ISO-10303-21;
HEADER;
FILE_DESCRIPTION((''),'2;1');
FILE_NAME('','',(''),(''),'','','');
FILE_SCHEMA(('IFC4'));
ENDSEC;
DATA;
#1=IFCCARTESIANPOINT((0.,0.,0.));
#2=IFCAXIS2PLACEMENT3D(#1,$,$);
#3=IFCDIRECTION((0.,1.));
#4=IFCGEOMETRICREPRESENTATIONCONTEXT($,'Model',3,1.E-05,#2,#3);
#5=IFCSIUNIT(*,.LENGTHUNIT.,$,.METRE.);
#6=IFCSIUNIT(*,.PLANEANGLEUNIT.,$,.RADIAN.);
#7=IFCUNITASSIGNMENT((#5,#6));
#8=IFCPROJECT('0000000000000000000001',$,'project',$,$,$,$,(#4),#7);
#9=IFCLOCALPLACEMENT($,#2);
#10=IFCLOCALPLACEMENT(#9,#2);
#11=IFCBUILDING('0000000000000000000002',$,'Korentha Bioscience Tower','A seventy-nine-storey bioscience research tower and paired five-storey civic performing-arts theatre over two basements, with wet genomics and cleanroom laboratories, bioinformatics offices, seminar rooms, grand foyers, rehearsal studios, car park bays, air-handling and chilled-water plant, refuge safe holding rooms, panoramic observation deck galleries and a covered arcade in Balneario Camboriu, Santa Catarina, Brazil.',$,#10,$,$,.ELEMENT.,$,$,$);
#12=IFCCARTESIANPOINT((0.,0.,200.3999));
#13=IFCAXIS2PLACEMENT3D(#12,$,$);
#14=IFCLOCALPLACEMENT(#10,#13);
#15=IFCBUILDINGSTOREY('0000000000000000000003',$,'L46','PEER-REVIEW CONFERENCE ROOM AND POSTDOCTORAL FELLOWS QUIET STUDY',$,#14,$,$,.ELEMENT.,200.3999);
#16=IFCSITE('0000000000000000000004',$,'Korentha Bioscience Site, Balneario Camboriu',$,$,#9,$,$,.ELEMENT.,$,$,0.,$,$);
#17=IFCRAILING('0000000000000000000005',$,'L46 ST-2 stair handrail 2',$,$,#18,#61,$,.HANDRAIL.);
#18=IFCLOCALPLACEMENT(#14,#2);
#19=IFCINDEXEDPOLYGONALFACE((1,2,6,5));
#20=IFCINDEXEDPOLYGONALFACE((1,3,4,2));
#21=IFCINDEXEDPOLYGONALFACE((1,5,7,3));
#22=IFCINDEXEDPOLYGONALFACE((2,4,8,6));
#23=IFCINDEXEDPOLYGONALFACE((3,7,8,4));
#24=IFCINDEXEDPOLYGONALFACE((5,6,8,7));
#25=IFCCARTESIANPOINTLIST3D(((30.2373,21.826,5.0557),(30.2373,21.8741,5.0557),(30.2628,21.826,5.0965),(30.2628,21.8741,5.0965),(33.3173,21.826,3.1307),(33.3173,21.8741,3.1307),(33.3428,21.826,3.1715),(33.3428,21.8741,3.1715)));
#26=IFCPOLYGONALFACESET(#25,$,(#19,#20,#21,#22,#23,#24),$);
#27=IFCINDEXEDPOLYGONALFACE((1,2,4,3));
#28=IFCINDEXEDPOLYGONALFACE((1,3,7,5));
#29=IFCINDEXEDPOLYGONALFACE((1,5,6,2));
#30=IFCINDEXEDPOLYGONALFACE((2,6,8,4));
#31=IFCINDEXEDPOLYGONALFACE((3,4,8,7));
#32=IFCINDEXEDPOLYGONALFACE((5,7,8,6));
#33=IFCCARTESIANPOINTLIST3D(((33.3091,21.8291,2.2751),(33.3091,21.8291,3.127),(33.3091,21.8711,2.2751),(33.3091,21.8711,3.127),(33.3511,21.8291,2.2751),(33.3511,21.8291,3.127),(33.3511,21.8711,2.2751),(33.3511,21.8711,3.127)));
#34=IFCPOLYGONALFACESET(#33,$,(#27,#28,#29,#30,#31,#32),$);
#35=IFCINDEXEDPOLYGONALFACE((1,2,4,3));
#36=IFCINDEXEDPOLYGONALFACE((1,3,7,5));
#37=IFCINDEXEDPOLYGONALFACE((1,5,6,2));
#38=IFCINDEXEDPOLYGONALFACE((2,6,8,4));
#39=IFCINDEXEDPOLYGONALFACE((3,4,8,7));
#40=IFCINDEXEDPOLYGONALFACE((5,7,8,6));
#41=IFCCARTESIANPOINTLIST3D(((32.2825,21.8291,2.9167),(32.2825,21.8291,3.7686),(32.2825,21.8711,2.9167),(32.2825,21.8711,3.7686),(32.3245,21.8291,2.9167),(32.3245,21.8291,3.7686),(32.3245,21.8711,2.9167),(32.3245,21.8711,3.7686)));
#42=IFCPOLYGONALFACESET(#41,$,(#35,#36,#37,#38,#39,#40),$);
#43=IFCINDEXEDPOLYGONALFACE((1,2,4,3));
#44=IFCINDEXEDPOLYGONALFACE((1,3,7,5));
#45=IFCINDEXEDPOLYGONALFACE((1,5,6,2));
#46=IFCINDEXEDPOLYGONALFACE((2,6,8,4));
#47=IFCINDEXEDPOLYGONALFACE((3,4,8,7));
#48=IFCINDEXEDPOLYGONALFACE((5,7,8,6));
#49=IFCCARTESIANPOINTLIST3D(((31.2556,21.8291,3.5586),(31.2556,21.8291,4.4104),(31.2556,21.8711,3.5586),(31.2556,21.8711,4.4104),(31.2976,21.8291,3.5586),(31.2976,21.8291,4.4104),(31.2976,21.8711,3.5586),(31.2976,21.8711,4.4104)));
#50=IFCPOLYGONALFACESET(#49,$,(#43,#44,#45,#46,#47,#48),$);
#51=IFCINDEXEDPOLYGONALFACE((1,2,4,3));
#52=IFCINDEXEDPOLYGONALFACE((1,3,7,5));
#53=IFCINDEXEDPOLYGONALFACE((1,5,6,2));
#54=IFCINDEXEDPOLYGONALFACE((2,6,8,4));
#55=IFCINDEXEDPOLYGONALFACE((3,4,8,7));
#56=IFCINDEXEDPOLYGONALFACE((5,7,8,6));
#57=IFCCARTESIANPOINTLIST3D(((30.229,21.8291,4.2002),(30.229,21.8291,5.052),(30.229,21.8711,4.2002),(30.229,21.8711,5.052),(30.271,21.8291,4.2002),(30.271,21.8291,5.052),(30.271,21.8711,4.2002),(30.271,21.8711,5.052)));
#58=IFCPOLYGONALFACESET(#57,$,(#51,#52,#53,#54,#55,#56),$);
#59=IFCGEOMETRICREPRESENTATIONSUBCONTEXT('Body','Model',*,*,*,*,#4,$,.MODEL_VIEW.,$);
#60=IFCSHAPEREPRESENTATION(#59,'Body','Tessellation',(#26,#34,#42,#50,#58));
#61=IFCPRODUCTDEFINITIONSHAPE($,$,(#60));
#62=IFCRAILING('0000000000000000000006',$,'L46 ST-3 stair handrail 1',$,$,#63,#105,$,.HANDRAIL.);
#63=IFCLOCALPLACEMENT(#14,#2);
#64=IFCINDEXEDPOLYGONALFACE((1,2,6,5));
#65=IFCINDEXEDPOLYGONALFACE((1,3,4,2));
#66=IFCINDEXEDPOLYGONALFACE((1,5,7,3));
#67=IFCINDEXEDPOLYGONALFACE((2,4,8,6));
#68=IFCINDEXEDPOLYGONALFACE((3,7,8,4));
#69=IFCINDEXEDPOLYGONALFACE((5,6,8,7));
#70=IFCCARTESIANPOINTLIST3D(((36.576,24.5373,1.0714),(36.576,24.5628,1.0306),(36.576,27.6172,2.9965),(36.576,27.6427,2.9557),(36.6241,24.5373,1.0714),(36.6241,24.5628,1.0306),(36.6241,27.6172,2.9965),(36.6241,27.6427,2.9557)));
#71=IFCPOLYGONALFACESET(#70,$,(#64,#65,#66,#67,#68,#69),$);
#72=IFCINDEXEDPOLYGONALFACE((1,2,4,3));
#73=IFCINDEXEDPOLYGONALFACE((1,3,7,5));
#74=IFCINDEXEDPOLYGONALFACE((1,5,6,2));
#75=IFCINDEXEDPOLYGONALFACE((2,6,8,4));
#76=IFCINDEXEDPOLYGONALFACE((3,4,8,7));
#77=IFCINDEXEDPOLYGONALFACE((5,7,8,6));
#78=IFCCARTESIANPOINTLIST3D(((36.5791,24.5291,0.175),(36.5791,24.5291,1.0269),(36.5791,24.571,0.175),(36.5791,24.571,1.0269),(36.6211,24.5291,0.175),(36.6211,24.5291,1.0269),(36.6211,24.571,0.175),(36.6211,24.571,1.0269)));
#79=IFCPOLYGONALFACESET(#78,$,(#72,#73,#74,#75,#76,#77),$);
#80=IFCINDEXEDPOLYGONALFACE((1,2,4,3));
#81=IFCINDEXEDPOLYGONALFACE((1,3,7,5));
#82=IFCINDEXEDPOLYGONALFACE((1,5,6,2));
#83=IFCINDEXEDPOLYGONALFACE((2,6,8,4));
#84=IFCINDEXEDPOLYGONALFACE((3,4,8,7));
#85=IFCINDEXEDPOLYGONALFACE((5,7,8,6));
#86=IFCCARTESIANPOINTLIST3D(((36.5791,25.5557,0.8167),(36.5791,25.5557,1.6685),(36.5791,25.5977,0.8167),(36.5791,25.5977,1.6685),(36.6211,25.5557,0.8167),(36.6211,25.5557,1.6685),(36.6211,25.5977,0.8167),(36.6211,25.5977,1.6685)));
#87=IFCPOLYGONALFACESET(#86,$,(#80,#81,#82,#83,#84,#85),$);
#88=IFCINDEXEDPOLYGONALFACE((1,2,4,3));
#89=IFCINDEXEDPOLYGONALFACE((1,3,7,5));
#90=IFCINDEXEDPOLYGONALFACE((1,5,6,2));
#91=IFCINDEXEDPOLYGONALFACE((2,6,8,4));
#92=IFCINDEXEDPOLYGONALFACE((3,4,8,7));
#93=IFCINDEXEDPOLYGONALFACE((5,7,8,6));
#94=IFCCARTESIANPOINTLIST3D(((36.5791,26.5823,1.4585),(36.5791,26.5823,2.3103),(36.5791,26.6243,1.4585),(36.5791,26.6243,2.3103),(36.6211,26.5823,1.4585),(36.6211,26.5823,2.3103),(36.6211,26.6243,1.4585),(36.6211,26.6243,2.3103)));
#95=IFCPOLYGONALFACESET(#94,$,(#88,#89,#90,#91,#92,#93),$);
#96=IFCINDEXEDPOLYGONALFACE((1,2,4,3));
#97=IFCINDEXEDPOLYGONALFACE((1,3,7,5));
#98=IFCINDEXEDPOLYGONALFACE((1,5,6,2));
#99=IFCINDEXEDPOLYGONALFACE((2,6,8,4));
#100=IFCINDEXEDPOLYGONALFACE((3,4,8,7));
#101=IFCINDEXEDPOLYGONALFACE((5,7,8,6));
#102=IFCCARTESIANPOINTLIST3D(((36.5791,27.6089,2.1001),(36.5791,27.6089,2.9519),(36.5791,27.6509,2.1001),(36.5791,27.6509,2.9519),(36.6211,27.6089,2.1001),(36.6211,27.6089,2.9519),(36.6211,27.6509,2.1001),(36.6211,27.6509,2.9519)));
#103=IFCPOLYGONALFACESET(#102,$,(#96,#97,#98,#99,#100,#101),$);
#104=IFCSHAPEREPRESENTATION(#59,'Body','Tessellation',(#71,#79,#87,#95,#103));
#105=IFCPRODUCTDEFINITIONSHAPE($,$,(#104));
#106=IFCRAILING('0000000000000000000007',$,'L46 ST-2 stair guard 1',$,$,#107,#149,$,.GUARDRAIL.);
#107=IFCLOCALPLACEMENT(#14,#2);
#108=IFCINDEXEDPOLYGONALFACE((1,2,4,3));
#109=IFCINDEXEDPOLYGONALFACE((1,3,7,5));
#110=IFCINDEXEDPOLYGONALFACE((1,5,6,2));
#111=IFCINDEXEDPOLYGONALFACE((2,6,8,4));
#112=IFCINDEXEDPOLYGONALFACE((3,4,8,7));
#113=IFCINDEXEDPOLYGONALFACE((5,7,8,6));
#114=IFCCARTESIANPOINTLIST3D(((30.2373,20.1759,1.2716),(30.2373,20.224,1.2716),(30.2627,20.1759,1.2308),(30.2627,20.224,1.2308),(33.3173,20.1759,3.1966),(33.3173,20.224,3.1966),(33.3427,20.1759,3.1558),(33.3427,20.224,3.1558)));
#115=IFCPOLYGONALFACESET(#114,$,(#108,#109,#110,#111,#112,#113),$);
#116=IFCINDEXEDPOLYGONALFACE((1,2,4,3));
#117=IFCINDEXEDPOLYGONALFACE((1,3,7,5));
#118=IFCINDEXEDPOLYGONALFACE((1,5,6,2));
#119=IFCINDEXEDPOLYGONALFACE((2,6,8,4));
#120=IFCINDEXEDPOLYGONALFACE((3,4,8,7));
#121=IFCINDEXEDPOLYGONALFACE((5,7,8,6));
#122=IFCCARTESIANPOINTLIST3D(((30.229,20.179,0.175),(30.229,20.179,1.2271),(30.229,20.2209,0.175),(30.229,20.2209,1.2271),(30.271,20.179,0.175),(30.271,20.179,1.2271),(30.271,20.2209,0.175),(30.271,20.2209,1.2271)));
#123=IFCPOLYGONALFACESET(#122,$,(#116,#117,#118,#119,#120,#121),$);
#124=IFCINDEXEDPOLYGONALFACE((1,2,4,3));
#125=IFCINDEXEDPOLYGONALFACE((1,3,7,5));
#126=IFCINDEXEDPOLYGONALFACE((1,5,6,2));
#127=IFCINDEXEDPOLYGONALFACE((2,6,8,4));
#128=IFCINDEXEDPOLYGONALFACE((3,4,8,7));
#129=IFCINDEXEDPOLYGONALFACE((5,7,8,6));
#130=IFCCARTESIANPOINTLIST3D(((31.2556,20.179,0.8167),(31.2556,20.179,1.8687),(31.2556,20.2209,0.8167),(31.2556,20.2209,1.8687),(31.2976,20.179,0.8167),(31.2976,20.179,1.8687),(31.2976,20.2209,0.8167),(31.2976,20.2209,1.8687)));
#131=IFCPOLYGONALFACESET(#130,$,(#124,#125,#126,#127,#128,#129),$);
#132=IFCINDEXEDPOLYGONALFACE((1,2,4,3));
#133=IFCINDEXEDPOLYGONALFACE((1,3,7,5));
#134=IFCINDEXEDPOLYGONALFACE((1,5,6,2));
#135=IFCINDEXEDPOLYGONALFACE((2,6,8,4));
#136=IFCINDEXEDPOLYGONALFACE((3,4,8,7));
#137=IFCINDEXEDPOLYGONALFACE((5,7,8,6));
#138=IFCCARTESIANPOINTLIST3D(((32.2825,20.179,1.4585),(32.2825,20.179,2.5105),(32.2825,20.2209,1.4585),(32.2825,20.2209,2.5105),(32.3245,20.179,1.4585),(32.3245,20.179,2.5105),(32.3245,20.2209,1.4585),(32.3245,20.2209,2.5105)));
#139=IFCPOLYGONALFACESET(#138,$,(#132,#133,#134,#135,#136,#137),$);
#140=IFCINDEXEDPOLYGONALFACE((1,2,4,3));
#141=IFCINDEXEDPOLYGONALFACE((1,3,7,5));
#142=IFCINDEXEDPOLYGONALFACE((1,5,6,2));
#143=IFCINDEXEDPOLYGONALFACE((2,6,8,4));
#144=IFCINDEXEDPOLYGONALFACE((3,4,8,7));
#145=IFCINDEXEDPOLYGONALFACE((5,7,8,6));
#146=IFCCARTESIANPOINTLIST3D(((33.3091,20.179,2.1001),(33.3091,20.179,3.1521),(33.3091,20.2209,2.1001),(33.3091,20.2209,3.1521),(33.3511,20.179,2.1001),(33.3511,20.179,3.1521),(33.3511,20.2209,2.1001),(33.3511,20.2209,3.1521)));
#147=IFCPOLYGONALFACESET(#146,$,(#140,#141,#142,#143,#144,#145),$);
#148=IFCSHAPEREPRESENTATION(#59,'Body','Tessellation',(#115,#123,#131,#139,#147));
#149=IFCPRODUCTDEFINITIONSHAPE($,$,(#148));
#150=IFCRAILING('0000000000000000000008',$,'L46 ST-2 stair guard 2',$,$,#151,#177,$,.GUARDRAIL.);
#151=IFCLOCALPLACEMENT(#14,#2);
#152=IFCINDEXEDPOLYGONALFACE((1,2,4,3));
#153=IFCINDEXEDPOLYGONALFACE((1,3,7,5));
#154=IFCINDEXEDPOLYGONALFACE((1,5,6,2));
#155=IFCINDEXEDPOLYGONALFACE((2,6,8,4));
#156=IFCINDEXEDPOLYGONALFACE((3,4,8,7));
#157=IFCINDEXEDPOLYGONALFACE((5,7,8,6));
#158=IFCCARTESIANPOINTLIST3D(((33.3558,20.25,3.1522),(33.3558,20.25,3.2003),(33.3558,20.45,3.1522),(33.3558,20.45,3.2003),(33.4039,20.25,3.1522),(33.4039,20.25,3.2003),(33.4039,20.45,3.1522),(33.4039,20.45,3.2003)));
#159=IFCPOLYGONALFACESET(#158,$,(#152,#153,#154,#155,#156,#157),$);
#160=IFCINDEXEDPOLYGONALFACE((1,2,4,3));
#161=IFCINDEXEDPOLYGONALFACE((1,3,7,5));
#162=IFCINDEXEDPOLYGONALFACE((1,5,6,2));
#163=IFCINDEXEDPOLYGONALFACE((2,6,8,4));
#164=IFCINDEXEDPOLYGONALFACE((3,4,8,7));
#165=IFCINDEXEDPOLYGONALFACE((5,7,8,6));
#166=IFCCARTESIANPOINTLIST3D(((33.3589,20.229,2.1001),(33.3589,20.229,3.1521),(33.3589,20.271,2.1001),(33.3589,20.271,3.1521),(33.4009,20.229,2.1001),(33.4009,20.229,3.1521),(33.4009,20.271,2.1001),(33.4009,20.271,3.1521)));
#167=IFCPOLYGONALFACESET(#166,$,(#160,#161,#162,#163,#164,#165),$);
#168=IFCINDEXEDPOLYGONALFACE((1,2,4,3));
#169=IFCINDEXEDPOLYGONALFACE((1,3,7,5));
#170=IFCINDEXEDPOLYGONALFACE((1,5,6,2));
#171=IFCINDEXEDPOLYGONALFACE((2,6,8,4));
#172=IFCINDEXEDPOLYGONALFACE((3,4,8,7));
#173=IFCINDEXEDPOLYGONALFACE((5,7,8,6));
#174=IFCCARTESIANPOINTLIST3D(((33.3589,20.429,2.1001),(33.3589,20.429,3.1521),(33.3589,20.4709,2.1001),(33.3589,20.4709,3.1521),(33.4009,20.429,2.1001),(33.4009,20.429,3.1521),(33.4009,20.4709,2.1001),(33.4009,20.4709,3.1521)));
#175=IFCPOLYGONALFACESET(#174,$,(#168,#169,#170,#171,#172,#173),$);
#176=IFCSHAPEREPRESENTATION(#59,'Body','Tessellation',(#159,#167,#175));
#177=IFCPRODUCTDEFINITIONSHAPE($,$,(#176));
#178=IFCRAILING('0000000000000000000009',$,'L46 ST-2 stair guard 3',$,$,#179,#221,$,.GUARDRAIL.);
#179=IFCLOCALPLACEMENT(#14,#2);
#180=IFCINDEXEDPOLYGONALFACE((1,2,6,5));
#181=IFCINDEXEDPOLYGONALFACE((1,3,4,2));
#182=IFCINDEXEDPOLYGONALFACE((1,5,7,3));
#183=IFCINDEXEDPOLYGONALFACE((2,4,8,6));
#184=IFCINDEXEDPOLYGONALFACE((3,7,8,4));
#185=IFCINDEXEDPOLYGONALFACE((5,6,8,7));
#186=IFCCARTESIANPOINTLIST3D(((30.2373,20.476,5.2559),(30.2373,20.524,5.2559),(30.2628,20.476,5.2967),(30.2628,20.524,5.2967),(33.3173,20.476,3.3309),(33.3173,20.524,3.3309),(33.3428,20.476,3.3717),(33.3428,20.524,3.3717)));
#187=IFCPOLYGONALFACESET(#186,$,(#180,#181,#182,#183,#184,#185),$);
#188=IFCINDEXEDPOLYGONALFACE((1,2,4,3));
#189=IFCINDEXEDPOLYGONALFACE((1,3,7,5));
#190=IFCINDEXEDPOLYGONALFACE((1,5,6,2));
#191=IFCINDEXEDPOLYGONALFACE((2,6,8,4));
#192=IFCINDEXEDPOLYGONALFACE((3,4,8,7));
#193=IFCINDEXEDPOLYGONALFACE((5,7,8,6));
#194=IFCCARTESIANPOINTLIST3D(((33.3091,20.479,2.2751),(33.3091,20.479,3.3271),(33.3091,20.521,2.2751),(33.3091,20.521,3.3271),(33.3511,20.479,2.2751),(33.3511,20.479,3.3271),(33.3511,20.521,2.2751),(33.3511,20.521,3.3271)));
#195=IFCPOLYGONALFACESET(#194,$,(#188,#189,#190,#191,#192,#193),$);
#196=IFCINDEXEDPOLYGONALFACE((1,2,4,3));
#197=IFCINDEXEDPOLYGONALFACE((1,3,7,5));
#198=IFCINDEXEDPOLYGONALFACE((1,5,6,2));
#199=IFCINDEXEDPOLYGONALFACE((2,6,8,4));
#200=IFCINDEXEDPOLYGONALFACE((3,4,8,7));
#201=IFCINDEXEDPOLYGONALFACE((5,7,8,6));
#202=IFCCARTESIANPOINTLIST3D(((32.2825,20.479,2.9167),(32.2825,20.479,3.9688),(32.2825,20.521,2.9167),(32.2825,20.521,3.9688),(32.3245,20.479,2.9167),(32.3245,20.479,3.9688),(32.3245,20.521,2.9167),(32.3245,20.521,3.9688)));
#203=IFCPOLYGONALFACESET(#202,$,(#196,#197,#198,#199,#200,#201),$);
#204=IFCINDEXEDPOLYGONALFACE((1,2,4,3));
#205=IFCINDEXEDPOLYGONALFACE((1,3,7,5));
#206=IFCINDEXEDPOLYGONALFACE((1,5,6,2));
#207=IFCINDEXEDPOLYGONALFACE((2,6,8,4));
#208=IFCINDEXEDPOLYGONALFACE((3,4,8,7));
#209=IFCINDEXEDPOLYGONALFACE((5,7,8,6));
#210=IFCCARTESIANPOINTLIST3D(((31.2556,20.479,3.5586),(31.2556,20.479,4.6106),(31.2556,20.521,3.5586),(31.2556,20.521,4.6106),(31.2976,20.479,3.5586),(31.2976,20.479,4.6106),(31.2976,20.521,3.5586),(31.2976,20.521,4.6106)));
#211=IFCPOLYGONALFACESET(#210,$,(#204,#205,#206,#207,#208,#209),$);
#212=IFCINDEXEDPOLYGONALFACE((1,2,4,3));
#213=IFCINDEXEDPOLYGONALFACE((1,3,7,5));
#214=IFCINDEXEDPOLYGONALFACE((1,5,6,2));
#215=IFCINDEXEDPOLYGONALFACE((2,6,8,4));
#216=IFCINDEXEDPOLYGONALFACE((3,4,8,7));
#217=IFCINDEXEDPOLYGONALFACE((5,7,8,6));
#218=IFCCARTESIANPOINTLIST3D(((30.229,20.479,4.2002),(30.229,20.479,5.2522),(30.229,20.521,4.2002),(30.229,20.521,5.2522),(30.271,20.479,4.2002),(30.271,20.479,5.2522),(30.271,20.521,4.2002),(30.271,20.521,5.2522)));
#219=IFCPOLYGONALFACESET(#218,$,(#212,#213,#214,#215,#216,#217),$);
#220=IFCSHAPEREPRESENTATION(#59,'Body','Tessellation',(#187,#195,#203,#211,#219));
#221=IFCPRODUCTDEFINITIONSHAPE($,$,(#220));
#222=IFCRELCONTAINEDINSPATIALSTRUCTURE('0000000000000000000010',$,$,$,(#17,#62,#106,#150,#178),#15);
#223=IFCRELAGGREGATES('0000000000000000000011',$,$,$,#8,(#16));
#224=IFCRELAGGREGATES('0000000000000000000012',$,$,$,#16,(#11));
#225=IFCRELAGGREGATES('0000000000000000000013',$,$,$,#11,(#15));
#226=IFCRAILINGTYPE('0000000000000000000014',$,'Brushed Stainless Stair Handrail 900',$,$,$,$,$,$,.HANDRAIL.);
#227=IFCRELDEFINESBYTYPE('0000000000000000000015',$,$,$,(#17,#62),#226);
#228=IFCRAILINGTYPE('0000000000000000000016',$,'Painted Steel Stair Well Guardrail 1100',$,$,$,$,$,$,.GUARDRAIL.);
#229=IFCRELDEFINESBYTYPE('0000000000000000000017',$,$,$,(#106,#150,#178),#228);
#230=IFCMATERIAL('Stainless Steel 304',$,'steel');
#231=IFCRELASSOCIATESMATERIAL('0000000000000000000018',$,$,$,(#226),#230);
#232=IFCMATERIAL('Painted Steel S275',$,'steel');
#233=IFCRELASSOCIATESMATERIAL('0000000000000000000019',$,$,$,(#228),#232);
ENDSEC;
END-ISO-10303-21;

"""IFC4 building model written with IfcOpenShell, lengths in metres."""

from ifc_helpers import new_model, si_unit, direction, frame, origin, origin_2d, place, context, subcontext, project, spatial, rectangle, extrude, material, type_object, element, save


model = new_model("IFC4")

# Units and contexts
model_context = context("Model", 3, precision=1e-05, world=origin(), true_north=direction((0.0, 1.0)))
body_context = subcontext(model_context, "Body", "Model", "MODEL_VIEW")
ifc_project = project(units=[si_unit("LENGTHUNIT", "METRE"), si_unit("PLANEANGLEUNIT", "RADIAN")], contexts=[model_context])

# Site, building, storey
site_placement = place(None, origin())
site = spatial("IfcSite", under=ifc_project, at=site_placement, Name="Korentha Bioscience Site, Balneario Camboriu", CompositionType="ELEMENT", RefElevation=0.0)
building_placement = place(site_placement, origin())
building = spatial("IfcBuilding", under=site, at=building_placement, Name="Korentha Bioscience Tower", Description="A seventy-nine-storey bioscience research tower and paired five-storey civic performing-arts theatre over two basements, with wet genomics and cleanroom laboratories, bioinformatics offices, seminar rooms, grand foyers, rehearsal studios, car park bays, air-handling and chilled-water plant, refuge safe holding rooms, panoramic observation deck galleries and a covered arcade in Balneario Camboriu, Santa Catarina, Brazil.", CompositionType="ELEMENT")
storey_placement = place(building_placement, frame((0.0, 0.0, 200.3999)))
storey = spatial("IfcBuildingStorey", under=building, at=storey_placement, Name="L46", Description="PEER-REVIEW CONFERENCE ROOM AND POSTDOCTORAL FELLOWS QUIET STUDY", CompositionType="ELEMENT", Elevation=200.3999)

# Railings
ifc_material_1 = material(Name="Stainless Steel 304", Category="steel")
railing_type_1 = type_object("IfcRailingType", Name="Brushed Stainless Stair Handrail 900", PredefinedType="HANDRAIL", material=ifc_material_1)
railing_1_placement = place(storey_placement, frame((33.3301, 21.8501, 2.2751)))
element("IfcRailing", 1, at=railing_1_placement, inside=storey, type_object=railing_type_1, Name="L46 ST-2 stair handrail 2", PredefinedType="HANDRAIL", context=body_context, shape_type="SweptSolid", body=[
    extrude(rectangle(XDim=0.0481, YDim=0.0481, at=origin_2d()), frame((0.0, 0.0, 0.876), z_axis=(-0.847998, 0.0, 0.529999), x_axis=(0.0, -1.0, 0.0)), (0.0, 0.0, 1.0), 3.6321),
    extrude(rectangle(XDim=0.042, YDim=0.042, at=origin_2d()), origin(), (0.0, 0.0, 1.0), 0.8518),
    extrude(rectangle(XDim=0.042, YDim=0.042, at=origin_2d()), frame((-1.0266, 0.0, 0.6416)), (0.0, 0.0, 1.0), 0.8518),
    extrude(rectangle(XDim=0.042, YDim=0.042, at=origin_2d()), frame((-2.0535, 0.0, 1.2834)), (0.0, 0.0, 1.0), 0.8518),
    extrude(rectangle(XDim=0.042, YDim=0.042, at=origin_2d()), frame((-3.0801, 0.0, 1.925)), (0.0, 0.0, 1.0), 0.8518),
])
railing_2_placement = place(storey_placement, frame((36.6001, 24.55, 0.175)))
element("IfcRailing", 2, at=railing_2_placement, inside=storey, type_object=railing_type_1, Name="L46 ST-3 stair handrail 1", PredefinedType="HANDRAIL", context=body_context, shape_type="SweptSolid", body=[
    extrude(rectangle(XDim=0.0481, YDim=0.0481, at=origin_2d()), frame((0.0, 0.0, 0.876), z_axis=(0.0, 0.847979, 0.530029), x_axis=(-1.0, 0.0, 0.0)), (0.0, 0.0, 1.0), 3.6321),
    extrude(rectangle(XDim=0.042, YDim=0.042, at=origin_2d()), origin(), (0.0, 0.0, 1.0), 0.8518),
    extrude(rectangle(XDim=0.042, YDim=0.042, at=origin_2d()), frame((0.0, 1.0266, 0.6416)), (0.0, 0.0, 1.0), 0.8518),
    extrude(rectangle(XDim=0.042, YDim=0.042, at=origin_2d()), frame((0.0, 2.0532, 1.2834)), (0.0, 0.0, 1.0), 0.8518),
    extrude(rectangle(XDim=0.042, YDim=0.042, at=origin_2d()), frame((0.0, 3.0798, 1.925)), (0.0, 0.0, 1.0), 0.8518),
])
ifc_material_2 = material(Name="Painted Steel S275", Category="steel")
railing_type_2 = type_object("IfcRailingType", Name="Painted Steel Stair Well Guardrail 1100", PredefinedType="GUARDRAIL", material=ifc_material_2)
railing_3_placement = place(storey_placement, frame((30.25, 20.2, 0.175)))
element("IfcRailing", 3, at=railing_3_placement, inside=storey, type_object=railing_type_2, Name="L46 ST-2 stair guard 1", PredefinedType="GUARDRAIL", context=body_context, shape_type="SweptSolid", body=[
    extrude(rectangle(XDim=0.0481, YDim=0.0481, at=origin_2d()), frame((0.0, 0.0, 1.0762), z_axis=(0.847998, 0.0, 0.529999), x_axis=(0.0, 1.0, 0.0)), (0.0, 0.0, 1.0), 3.6321),
    extrude(rectangle(XDim=0.042, YDim=0.042, at=origin_2d()), origin(), (0.0, 0.0, 1.0), 1.052),
    extrude(rectangle(XDim=0.042, YDim=0.042, at=origin_2d()), frame((1.0266, 0.0, 0.6416)), (0.0, 0.0, 1.0), 1.052),
    extrude(rectangle(XDim=0.042, YDim=0.042, at=origin_2d()), frame((2.0535, 0.0, 1.2834)), (0.0, 0.0, 1.0), 1.052),
    extrude(rectangle(XDim=0.042, YDim=0.042, at=origin_2d()), frame((3.0801, 0.0, 1.925)), (0.0, 0.0, 1.0), 1.052),
])
railing_4_placement = place(storey_placement, frame((33.3799, 20.25, 2.1001)))
element("IfcRailing", 4, at=railing_4_placement, inside=storey, type_object=railing_type_2, Name="L46 ST-2 stair guard 2", PredefinedType="GUARDRAIL", context=body_context, shape_type="SweptSolid", body=[
    extrude(rectangle(XDim=0.0481, YDim=0.0481, at=origin_2d()), frame((0.0, 0.0, 1.0762), z_axis=(0.0, 1.0, 0.0), x_axis=(-1.0, 0.0, 0.0)), (0.0, 0.0, 1.0), 0.2),
    extrude(rectangle(XDim=0.042, YDim=0.042, at=origin_2d()), origin(), (0.0, 0.0, 1.0), 1.052),
    extrude(rectangle(XDim=0.042, YDim=0.042, at=origin_2d()), frame((0.0, 0.2, 0.0)), (0.0, 0.0, 1.0), 1.052),
])
railing_5_placement = place(storey_placement, frame((33.3301, 20.5, 2.2751)))
element("IfcRailing", 5, at=railing_5_placement, inside=storey, type_object=railing_type_2, Name="L46 ST-2 stair guard 3", PredefinedType="GUARDRAIL", context=body_context, shape_type="SweptSolid", body=[
    extrude(rectangle(XDim=0.0481, YDim=0.0481, at=origin_2d()), frame((0.0, 0.0, 1.0762), z_axis=(-0.847998, 0.0, 0.529999), x_axis=(0.0, -1.0, 0.0)), (0.0, 0.0, 1.0), 3.6321),
    extrude(rectangle(XDim=0.042, YDim=0.042, at=origin_2d()), origin(), (0.0, 0.0, 1.0), 1.052),
    extrude(rectangle(XDim=0.042, YDim=0.042, at=origin_2d()), frame((-1.0266, 0.0, 0.6416)), (0.0, 0.0, 1.0), 1.052),
    extrude(rectangle(XDim=0.042, YDim=0.042, at=origin_2d()), frame((-2.0535, 0.0, 1.2834)), (0.0, 0.0, 1.0), 1.052),
    extrude(rectangle(XDim=0.042, YDim=0.042, at=origin_2d()), frame((-3.0801, 0.0, 1.925)), (0.0, 0.0, 1.0), 1.052),
])

save(model, "model.ifc")
